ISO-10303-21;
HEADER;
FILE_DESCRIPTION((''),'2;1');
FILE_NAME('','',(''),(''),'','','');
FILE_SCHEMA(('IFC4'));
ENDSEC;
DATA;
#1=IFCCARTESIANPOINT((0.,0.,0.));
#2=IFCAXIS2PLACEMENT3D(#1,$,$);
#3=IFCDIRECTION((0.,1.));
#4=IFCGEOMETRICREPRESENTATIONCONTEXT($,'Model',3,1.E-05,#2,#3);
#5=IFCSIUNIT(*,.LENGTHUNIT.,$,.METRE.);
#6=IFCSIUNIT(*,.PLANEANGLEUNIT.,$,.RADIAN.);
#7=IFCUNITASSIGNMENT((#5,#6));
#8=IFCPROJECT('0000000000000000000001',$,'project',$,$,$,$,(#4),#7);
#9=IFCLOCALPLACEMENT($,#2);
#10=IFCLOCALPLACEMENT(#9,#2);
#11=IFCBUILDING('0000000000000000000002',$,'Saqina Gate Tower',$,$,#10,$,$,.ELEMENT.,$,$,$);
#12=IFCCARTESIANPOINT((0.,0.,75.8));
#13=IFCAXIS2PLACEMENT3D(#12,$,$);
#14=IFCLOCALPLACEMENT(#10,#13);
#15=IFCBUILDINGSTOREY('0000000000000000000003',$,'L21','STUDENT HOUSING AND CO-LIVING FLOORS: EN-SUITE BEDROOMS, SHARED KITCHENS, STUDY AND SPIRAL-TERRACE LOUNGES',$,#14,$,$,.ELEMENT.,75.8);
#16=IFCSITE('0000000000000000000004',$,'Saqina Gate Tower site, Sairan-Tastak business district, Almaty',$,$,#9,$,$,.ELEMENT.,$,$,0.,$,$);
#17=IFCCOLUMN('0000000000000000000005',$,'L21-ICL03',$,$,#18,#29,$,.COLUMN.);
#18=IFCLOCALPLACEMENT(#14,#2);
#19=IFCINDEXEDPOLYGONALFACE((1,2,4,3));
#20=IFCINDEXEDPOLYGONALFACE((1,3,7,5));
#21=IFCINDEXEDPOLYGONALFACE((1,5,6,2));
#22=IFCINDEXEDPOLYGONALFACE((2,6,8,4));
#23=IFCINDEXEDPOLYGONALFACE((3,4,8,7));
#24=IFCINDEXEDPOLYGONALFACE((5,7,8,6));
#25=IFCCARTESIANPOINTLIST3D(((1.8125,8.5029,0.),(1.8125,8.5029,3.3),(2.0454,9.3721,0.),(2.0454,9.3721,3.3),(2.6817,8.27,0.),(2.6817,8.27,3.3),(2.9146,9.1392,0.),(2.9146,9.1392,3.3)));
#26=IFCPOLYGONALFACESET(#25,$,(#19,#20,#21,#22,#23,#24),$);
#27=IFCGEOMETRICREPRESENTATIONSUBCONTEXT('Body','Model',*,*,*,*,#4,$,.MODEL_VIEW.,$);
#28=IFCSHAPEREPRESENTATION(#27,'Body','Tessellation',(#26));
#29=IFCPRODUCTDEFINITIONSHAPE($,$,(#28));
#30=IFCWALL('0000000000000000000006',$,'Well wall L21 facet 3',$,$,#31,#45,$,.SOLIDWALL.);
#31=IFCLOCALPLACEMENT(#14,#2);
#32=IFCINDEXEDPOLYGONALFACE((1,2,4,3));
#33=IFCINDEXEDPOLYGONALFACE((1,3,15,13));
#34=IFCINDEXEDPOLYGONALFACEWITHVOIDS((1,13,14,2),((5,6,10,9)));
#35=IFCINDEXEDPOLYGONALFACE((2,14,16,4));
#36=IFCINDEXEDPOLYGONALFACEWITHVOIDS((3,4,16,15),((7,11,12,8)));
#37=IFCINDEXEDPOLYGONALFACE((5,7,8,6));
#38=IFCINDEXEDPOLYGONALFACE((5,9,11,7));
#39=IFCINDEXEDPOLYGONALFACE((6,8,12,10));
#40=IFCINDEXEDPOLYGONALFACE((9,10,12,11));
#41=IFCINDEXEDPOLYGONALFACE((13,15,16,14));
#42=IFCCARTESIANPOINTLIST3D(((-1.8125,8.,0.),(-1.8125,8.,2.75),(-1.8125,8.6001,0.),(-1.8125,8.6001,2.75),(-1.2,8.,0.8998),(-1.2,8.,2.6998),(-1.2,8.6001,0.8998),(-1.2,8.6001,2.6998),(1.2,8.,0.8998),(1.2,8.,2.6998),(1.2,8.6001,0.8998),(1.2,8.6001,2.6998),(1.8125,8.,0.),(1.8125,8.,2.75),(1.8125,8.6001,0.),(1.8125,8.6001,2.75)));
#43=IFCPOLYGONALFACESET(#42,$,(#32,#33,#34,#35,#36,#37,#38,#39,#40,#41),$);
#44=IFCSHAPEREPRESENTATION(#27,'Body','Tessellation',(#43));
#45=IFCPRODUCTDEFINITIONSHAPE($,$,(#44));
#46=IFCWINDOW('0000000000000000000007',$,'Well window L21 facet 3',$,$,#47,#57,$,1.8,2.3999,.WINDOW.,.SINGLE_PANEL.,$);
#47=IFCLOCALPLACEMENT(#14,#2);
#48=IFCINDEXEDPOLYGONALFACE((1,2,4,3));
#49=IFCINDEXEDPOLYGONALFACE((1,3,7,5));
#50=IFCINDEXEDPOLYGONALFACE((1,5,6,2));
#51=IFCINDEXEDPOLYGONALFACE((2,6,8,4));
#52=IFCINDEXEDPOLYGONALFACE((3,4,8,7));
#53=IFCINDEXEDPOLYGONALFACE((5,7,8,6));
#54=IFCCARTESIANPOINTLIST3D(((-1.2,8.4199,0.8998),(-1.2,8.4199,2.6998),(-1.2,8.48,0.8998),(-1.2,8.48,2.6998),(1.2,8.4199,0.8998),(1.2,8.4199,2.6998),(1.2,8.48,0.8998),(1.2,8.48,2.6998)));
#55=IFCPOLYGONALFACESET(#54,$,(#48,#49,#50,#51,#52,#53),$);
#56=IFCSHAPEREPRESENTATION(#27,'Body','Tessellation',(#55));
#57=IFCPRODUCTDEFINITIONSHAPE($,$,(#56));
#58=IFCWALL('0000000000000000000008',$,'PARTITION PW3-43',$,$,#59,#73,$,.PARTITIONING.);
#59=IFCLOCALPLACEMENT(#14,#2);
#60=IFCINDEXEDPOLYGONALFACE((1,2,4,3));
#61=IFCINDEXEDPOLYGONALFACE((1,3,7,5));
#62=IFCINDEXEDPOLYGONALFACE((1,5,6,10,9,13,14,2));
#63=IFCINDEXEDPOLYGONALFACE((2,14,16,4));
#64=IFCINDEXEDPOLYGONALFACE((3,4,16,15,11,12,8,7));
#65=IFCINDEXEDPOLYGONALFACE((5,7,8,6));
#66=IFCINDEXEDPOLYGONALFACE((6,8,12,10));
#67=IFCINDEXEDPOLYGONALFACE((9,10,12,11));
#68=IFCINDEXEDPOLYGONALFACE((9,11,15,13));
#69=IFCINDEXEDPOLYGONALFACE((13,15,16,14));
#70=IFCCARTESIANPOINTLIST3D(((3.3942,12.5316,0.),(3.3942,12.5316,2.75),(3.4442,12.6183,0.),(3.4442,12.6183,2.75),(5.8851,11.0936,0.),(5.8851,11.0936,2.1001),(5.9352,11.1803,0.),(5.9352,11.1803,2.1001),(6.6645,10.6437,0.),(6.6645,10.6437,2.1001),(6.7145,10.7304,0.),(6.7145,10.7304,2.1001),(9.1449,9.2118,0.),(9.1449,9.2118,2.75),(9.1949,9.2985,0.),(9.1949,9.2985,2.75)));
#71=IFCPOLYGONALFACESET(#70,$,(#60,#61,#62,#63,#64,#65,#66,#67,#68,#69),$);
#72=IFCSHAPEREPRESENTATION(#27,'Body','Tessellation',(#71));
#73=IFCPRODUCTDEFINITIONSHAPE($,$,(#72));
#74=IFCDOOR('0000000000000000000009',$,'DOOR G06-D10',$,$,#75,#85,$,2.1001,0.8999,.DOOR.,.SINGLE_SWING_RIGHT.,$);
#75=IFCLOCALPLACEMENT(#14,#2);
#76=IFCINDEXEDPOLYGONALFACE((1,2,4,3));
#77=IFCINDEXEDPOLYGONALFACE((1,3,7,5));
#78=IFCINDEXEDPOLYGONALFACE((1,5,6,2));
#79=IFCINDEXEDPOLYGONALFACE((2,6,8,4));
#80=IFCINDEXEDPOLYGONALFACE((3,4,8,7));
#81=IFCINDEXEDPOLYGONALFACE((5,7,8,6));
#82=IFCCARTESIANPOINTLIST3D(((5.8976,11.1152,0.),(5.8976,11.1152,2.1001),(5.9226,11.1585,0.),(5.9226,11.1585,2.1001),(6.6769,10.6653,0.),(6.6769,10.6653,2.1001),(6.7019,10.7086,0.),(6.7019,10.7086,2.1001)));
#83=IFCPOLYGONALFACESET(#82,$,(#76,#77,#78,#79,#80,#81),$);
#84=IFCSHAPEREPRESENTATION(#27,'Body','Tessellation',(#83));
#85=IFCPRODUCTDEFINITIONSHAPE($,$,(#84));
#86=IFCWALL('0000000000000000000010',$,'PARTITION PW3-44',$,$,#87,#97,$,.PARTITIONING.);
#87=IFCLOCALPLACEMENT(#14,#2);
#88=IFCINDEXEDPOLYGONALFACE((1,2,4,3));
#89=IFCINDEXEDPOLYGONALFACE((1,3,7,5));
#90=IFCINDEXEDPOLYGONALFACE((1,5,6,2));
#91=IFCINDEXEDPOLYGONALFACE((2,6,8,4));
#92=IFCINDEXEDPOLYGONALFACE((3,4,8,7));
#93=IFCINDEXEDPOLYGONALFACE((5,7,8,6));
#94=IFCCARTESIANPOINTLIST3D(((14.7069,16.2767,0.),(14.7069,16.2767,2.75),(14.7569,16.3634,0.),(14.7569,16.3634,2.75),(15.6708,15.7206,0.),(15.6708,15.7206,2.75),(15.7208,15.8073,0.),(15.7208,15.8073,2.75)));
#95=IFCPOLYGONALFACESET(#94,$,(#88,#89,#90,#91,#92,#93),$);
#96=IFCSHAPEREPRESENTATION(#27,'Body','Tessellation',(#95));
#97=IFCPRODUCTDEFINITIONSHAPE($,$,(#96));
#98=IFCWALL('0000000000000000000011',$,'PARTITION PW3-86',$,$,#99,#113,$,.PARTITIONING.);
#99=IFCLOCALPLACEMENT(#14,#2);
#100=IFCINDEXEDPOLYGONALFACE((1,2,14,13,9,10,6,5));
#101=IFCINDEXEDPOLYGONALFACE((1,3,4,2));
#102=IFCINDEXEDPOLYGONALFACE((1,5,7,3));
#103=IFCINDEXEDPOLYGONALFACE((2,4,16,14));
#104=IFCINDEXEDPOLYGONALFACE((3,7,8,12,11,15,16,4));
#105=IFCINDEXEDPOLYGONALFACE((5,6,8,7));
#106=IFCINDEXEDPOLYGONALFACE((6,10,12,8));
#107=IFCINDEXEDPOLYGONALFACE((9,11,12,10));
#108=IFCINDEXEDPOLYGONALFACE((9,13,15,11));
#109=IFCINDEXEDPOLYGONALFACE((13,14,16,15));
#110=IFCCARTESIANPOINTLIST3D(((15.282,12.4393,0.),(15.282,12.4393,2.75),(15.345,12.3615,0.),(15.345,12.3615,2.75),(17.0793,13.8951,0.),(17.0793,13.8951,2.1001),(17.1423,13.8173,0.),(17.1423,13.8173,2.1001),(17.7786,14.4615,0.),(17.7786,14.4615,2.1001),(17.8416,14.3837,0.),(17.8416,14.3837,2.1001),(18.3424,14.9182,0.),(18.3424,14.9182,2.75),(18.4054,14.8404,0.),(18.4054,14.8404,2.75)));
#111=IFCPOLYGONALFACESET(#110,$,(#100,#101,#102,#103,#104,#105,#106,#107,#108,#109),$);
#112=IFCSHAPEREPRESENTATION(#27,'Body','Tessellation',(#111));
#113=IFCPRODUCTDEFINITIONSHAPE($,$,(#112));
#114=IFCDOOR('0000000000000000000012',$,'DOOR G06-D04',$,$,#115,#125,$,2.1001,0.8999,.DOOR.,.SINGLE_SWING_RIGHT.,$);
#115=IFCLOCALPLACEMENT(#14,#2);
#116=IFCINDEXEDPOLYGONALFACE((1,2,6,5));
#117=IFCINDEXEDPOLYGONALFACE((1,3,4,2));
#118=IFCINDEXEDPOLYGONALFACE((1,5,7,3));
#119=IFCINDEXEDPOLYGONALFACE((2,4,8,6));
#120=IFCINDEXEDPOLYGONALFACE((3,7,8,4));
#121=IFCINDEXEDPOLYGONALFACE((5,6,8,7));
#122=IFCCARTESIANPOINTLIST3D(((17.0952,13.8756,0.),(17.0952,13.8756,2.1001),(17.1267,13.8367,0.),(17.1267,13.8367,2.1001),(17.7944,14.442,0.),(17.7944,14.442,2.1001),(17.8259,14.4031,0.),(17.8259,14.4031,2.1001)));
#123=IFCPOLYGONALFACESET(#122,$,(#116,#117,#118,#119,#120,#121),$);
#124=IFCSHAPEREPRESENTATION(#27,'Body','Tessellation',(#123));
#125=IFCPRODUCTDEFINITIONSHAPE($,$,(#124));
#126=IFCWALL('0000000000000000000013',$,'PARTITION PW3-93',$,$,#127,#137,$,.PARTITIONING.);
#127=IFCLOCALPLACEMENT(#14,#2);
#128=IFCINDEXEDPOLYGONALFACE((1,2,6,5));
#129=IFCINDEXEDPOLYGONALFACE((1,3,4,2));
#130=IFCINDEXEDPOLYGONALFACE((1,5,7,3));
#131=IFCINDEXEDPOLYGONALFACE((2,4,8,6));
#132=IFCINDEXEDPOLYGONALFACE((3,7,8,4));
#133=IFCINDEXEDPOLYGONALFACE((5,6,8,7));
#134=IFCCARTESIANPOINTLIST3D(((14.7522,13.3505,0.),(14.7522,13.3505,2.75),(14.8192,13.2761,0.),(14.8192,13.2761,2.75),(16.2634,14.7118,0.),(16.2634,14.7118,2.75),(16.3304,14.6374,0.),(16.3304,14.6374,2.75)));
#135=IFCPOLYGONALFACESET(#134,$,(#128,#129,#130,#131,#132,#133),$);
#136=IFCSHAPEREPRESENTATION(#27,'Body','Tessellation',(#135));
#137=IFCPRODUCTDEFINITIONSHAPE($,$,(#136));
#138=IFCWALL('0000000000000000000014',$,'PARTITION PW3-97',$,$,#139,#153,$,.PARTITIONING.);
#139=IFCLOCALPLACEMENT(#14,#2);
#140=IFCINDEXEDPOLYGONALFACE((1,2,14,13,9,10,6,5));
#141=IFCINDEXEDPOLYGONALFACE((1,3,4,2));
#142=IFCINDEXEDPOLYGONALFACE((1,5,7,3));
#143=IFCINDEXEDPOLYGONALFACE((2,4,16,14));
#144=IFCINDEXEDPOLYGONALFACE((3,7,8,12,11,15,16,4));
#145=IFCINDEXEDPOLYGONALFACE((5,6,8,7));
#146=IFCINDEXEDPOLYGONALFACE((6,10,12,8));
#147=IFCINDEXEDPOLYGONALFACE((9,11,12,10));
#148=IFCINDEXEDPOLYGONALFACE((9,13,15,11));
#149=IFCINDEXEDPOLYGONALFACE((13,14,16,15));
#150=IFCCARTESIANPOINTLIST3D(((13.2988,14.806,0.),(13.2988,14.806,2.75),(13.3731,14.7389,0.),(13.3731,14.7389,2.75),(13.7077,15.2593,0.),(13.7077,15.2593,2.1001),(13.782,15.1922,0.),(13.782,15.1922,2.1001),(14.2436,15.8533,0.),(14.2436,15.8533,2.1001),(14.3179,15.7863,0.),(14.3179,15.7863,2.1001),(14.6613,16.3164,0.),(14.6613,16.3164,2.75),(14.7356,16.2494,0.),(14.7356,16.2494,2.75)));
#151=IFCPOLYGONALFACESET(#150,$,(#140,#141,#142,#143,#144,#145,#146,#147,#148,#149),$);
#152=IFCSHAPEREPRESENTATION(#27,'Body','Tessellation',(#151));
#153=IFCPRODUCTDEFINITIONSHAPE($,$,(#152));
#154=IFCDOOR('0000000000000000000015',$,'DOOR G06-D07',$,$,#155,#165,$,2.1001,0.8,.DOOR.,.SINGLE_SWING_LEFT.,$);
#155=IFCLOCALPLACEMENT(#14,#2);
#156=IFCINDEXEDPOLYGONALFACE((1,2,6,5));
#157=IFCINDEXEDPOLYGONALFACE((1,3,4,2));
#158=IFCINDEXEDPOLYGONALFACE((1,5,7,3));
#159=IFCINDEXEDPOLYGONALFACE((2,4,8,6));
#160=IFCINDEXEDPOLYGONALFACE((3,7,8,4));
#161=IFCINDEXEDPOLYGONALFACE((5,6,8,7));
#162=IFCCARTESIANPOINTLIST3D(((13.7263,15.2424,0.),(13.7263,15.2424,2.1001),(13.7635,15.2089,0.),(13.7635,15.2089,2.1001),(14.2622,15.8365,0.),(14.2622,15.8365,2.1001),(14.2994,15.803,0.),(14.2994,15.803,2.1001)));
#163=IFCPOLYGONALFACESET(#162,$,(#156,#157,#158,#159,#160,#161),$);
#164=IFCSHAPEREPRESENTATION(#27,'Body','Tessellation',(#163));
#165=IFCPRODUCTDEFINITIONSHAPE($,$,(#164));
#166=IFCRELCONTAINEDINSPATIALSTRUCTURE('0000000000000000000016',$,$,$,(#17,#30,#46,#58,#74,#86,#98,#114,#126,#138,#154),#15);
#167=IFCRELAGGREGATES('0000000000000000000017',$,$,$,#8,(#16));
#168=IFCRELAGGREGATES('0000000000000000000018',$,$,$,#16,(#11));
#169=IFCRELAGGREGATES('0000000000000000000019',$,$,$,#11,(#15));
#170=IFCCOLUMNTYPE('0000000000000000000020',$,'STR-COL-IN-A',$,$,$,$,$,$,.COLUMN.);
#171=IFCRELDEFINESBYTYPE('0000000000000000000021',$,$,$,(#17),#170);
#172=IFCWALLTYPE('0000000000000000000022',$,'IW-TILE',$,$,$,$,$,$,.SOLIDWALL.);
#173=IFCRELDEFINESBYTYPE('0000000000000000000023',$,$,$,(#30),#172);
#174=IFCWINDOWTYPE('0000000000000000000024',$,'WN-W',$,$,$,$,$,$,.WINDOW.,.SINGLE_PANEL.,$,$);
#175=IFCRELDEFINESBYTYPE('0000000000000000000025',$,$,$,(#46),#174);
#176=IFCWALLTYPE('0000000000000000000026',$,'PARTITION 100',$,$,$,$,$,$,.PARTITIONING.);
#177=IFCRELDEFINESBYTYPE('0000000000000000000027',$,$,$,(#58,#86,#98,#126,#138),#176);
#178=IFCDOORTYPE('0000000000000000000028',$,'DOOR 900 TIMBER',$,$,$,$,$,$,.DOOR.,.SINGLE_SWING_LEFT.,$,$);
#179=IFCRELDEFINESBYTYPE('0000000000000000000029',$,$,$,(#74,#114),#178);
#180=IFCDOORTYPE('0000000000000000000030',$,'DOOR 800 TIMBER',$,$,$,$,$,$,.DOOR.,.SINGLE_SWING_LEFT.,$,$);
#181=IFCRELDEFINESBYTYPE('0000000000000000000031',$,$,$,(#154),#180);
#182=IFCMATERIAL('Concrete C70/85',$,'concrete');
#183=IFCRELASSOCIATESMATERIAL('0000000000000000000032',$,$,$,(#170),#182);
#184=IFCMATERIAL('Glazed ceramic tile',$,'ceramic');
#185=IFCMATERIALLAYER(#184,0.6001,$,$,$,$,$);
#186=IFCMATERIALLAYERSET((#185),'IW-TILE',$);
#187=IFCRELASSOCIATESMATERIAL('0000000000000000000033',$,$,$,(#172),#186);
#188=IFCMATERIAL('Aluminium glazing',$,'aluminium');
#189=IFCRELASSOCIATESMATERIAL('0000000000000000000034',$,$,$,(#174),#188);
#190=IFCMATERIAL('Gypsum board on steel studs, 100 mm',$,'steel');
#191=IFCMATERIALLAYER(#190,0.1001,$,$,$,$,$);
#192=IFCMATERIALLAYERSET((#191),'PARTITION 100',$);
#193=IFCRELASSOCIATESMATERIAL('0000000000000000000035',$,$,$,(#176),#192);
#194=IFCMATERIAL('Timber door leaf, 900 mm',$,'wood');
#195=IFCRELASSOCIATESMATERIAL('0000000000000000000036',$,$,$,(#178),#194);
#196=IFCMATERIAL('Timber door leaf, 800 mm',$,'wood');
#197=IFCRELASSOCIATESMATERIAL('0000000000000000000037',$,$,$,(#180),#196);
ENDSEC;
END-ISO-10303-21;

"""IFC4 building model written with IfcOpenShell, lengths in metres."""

from ifc_helpers import new_model, si_unit, direction, frame, frame_2d, origin, origin_2d, place, context, subcontext, project, spatial, rectangle, extrude, material, layer, layer_set, material_profile, profile_set, type_object, element, fill, save


model = new_model("IFC4")

# Units and contexts
model_context = context("Model", 3, precision=1e-05, world=origin(), true_north=direction((0.0, 1.0)))
body_context = subcontext(model_context, "Body", "Model", "MODEL_VIEW")
ifc_project = project(units=[si_unit("LENGTHUNIT", "METRE"), si_unit("PLANEANGLEUNIT", "RADIAN")], contexts=[model_context])

# Site, building, storey
site_placement = place(None, origin())
site = spatial("IfcSite", under=ifc_project, at=site_placement, Name="Saqina Gate Tower site, Sairan-Tastak business district, Almaty", CompositionType="ELEMENT", RefElevation=0.0)
building_placement = place(site_placement, origin())
building = spatial("IfcBuilding", under=site, at=building_placement, Name="Saqina Gate Tower", CompositionType="ELEMENT")
storey_placement = place(building_placement, frame((0.0, 0.0, 75.8)))
storey = spatial("IfcBuildingStorey", under=building, at=storey_placement, Name="L21", Description="STUDENT HOUSING AND CO-LIVING FLOORS: EN-SUITE BEDROOMS, SHARED KITCHENS, STUDY AND SPIRAL-TERRACE LOUNGES", CompositionType="ELEMENT", Elevation=75.8)

# Column
ifc_material_1 = material(Name="Concrete C70/85", Category="concrete")
ifc_material_profile = material_profile(ifc_material_1, rectangle(XDim=0.8999, YDim=0.8999, at=origin_2d()), Name="RC 900x900")
ifc_profile_set = profile_set([ifc_material_profile], Name="Concrete C70/85")
column_type = type_object("IfcColumnType", Name="STR-COL-IN-A", PredefinedType="COLUMN", material=ifc_profile_set)
column_placement = place(storey_placement, frame((2.3635, 8.821, 0.0), z_axis=(0.0, 0.0, 1.0), x_axis=(0.258819, 0.965926, 0.0)))
element("IfcColumn", 1, at=column_placement, inside=storey, type_object=column_type, Name="L21-ICL03", PredefinedType="COLUMN", context=body_context, shape_type="SweptSolid", body=[
    extrude(rectangle(XDim=0.8999, YDim=0.8999, at=origin_2d()), origin(), (0.0, 0.0, 1.0), 3.3),
])

# Wall, opening, window
ifc_material_2 = material(Name="Glazed ceramic tile", Category="ceramic")
ifc_layer_1 = layer(ifc_material_2, 0.6001)
ifc_layer_set_1 = layer_set([ifc_layer_1], Name="IW-TILE")
wall_type_1 = type_object("IfcWallType", Name="IW-TILE", PredefinedType="SOLIDWALL", material=ifc_layer_set_1)
wall_1_placement = place(storey_placement, frame((1.8125, 8.3, 0.0), z_axis=(0.0, 0.0, 1.0), x_axis=(-1.0, 0.0, 0.0)))
wall_1 = element("IfcWall", 2, at=wall_1_placement, inside=storey, type_object=wall_type_1, Name="Well wall L21 facet 3", PredefinedType="SOLIDWALL", context=body_context, shape_type="SweptSolid", body=[
    extrude(rectangle(XDim=3.625, YDim=0.6001, at=frame_2d((1.8125, 0.0))), origin(), (0.0, 0.0, 1.0), 2.75),
])
opening_1_placement = place(wall_1_placement, frame((0.6125, 0.0, 0.8999)))
opening_1 = element("IfcOpeningElement", 3, at=opening_1_placement, cuts=wall_1, PredefinedType="OPENING", context=body_context, shape_type="SweptSolid", body=[
    extrude(rectangle(XDim=2.3999, YDim=1.8, at=frame_2d((1.2, 0.8999))), frame((0.0, 0.312, 0.0), z_axis=(0.0, -1.0, 0.0), x_axis=(1.0, 0.0, 0.0)), (0.0, 0.0, 1.0), 0.624),
])
ifc_material_3 = material(Name="Aluminium glazing", Category="aluminium")
window_type = type_object("IfcWindowType", Name="WN-W", PartitioningType="SINGLE_PANEL", PredefinedType="WINDOW", material=ifc_material_3)
window_placement = place(opening_1_placement, origin())
window = element("IfcWindow", 4, at=window_placement, inside=storey, type_object=window_type, Name="Well window L21 facet 3", OverallHeight=1.8, OverallWidth=2.3999, PartitioningType="SINGLE_PANEL", PredefinedType="WINDOW", context=body_context, shape_type="SweptSolid", body=[
    extrude(rectangle(XDim=2.3999, YDim=1.8, at=frame_2d((1.2, 0.8999))), frame((0.0, -0.1199, 0.0), z_axis=(0.0, -1.0, 0.0), x_axis=(1.0, 0.0, 0.0)), (0.0, 0.0, 1.0), 0.0601),
])
fill(opening_1, window)

# Wall, opening, door
ifc_material_4 = material(Name="Gypsum board on steel studs, 100 mm", Category="steel")
ifc_layer_2 = layer(ifc_material_4, 0.1001)
ifc_layer_set_2 = layer_set([ifc_layer_2], Name="PARTITION 100")
wall_type_2 = type_object("IfcWallType", Name="PARTITION 100", PredefinedType="PARTITIONING", material=ifc_layer_set_2)
wall_2_placement = place(storey_placement, frame((3.4192, 12.575, 0.0), z_axis=(0.0, 0.0, 1.0), x_axis=(0.866049, -0.499959, 0.0)))
wall_2 = element("IfcWall", 5, at=wall_2_placement, inside=storey, type_object=wall_type_2, Name="PARTITION PW3-43", PredefinedType="PARTITIONING", context=body_context, shape_type="SweptSolid", body=[
    extrude(rectangle(XDim=6.6401, YDim=0.1001, at=frame_2d((3.3201, 0.0))), origin(), (0.0, 0.0, 1.0), 2.75),
])
opening_2_placement = place(wall_2_placement, frame((2.8762, 0.0, 0.0)))
opening_2 = element("IfcOpeningElement", 6, at=opening_2_placement, cuts=wall_2, PredefinedType="OPENING", context=body_context, shape_type="SweptSolid", body=[
    extrude(rectangle(XDim=0.8999, YDim=2.1001, at=frame_2d((0.45, 1.05))), frame((0.0, 0.062, 0.0), z_axis=(0.0, -1.0, 0.0), x_axis=(1.0, 0.0, 0.0)), (0.0, 0.0, 1.0), 0.124),
])
ifc_material_5 = material(Name="Timber door leaf, 900 mm", Category="wood")
door_type_1 = type_object("IfcDoorType", Name="DOOR 900 TIMBER", OperationType="SINGLE_SWING_LEFT", PredefinedType="DOOR", material=ifc_material_5)
door_1_placement = place(opening_2_placement, origin())
door_1 = element("IfcDoor", 7, at=door_1_placement, inside=storey, type_object=door_type_1, Name="DOOR G06-D10", OperationType="SINGLE_SWING_RIGHT", OverallHeight=2.1001, OverallWidth=0.8999, PredefinedType="DOOR", context=body_context, shape_type="SweptSolid", body=[
    extrude(rectangle(XDim=0.8999, YDim=2.1001, at=frame_2d((0.45, 1.05))), frame((0.0, 0.0249, 0.0), z_axis=(0.0, -1.0, 0.0), x_axis=(1.0, 0.0, 0.0)), (0.0, 0.0, 1.0), 0.05),
])
fill(opening_2, door_1)

# Wall
wall_3_placement = place(storey_placement, frame((14.7319, 16.3201, 0.0), z_axis=(0.0, 0.0, 1.0), x_axis=(0.866156, -0.499773, 0.0)))
element("IfcWall", 8, at=wall_3_placement, inside=storey, type_object=wall_type_2, Name="PARTITION PW3-44", PredefinedType="PARTITIONING", context=body_context, shape_type="SweptSolid", body=[
    extrude(rectangle(XDim=1.1128, YDim=0.1001, at=frame_2d((0.5564, 0.0))), origin(), (0.0, 0.0, 1.0), 2.75),
])

# Wall, opening, door
wall_4_placement = place(storey_placement, frame((15.3135, 12.4004, 0.0), z_axis=(0.0, 0.0, 1.0), x_axis=(0.777069, 0.629416, 0.0)))
wall_4 = element("IfcWall", 9, at=wall_4_placement, inside=storey, type_object=wall_type_2, Name="PARTITION PW3-86", PredefinedType="PARTITIONING", context=body_context, shape_type="SweptSolid", body=[
    extrude(rectangle(XDim=3.9385, YDim=0.1001, at=frame_2d((1.9692, 0.0))), origin(), (0.0, 0.0, 1.0), 2.75),
])
opening_3_placement = place(wall_4_placement, frame((2.313, 0.0, 0.0)))
opening_3 = element("IfcOpeningElement", 10, at=opening_3_placement, cuts=wall_4, PredefinedType="OPENING", context=body_context, shape_type="SweptSolid", body=[
    extrude(rectangle(XDim=0.8999, YDim=2.1001, at=frame_2d((0.45, 1.05))), frame((0.0, 0.062, 0.0), z_axis=(0.0, -1.0, 0.0), x_axis=(1.0, 0.0, 0.0)), (0.0, 0.0, 1.0), 0.124),
])
door_2_placement = place(opening_3_placement, origin())
door_2 = element("IfcDoor", 11, at=door_2_placement, inside=storey, type_object=door_type_1, Name="DOOR G06-D04", OperationType="SINGLE_SWING_RIGHT", OverallHeight=2.1001, OverallWidth=0.8999, PredefinedType="DOOR", context=body_context, shape_type="SweptSolid", body=[
    extrude(rectangle(XDim=0.8999, YDim=2.1001, at=frame_2d((0.45, 1.05))), frame((0.0, 0.0249, 0.0), z_axis=(0.0, -1.0, 0.0), x_axis=(1.0, 0.0, 0.0)), (0.0, 0.0, 1.0), 0.05),
])
fill(opening_3, door_2)

# Wall
wall_5_placement = place(storey_placement, frame((14.7856, 13.3132, 0.0), z_axis=(0.0, 0.0, 1.0), x_axis=(0.742996, 0.669296, 0.0)))
element("IfcWall", 12, at=wall_5_placement, inside=storey, type_object=wall_type_2, Name="PARTITION PW3-93", PredefinedType="PARTITIONING", context=body_context, shape_type="SweptSolid", body=[
    extrude(rectangle(XDim=2.0339, YDim=0.1001, at=frame_2d((1.0171, 0.0))), origin(), (0.0, 0.0, 1.0), 2.75),
])

# Wall, opening, door
wall_6_placement = place(storey_placement, frame((13.3359, 14.7725, 0.0), z_axis=(0.0, 0.0, 1.0), x_axis=(0.669806, 0.742536, 0.0)))
wall_6 = element("IfcWall", 13, at=wall_6_placement, inside=storey, type_object=wall_type_2, Name="PARTITION PW3-97", PredefinedType="PARTITIONING", context=body_context, shape_type="SweptSolid", body=[
    extrude(rectangle(XDim=2.0342, YDim=0.1001, at=frame_2d((1.0171, 0.0))), origin(), (0.0, 0.0, 1.0), 2.75),
])
opening_4_placement = place(wall_6_placement, frame((0.6106, 0.0, 0.0)))
opening_4 = element("IfcOpeningElement", 14, at=opening_4_placement, cuts=wall_6, PredefinedType="OPENING", context=body_context, shape_type="SweptSolid", body=[
    extrude(rectangle(XDim=0.8, YDim=2.1001, at=frame_2d((0.3999, 1.05))), frame((0.0, 0.062, 0.0), z_axis=(0.0, -1.0, 0.0), x_axis=(1.0, 0.0, 0.0)), (0.0, 0.0, 1.0), 0.124),
])
ifc_material_6 = material(Name="Timber door leaf, 800 mm", Category="wood")
door_type_2 = type_object("IfcDoorType", Name="DOOR 800 TIMBER", OperationType="SINGLE_SWING_LEFT", PredefinedType="DOOR", material=ifc_material_6)
door_3_placement = place(opening_4_placement, origin())
door_3 = element("IfcDoor", 15, at=door_3_placement, inside=storey, type_object=door_type_2, Name="DOOR G06-D07", OperationType="SINGLE_SWING_LEFT", OverallHeight=2.1001, OverallWidth=0.8, PredefinedType="DOOR", context=body_context, shape_type="SweptSolid", body=[
    extrude(rectangle(XDim=0.8, YDim=2.1001, at=frame_2d((0.3999, 1.05))), frame((0.0, 0.0249, 0.0), z_axis=(0.0, -1.0, 0.0), x_axis=(1.0, 0.0, 0.0)), (0.0, 0.0, 1.0), 0.05),
])
fill(opening_4, door_3)

save(model, "model.ifc")
